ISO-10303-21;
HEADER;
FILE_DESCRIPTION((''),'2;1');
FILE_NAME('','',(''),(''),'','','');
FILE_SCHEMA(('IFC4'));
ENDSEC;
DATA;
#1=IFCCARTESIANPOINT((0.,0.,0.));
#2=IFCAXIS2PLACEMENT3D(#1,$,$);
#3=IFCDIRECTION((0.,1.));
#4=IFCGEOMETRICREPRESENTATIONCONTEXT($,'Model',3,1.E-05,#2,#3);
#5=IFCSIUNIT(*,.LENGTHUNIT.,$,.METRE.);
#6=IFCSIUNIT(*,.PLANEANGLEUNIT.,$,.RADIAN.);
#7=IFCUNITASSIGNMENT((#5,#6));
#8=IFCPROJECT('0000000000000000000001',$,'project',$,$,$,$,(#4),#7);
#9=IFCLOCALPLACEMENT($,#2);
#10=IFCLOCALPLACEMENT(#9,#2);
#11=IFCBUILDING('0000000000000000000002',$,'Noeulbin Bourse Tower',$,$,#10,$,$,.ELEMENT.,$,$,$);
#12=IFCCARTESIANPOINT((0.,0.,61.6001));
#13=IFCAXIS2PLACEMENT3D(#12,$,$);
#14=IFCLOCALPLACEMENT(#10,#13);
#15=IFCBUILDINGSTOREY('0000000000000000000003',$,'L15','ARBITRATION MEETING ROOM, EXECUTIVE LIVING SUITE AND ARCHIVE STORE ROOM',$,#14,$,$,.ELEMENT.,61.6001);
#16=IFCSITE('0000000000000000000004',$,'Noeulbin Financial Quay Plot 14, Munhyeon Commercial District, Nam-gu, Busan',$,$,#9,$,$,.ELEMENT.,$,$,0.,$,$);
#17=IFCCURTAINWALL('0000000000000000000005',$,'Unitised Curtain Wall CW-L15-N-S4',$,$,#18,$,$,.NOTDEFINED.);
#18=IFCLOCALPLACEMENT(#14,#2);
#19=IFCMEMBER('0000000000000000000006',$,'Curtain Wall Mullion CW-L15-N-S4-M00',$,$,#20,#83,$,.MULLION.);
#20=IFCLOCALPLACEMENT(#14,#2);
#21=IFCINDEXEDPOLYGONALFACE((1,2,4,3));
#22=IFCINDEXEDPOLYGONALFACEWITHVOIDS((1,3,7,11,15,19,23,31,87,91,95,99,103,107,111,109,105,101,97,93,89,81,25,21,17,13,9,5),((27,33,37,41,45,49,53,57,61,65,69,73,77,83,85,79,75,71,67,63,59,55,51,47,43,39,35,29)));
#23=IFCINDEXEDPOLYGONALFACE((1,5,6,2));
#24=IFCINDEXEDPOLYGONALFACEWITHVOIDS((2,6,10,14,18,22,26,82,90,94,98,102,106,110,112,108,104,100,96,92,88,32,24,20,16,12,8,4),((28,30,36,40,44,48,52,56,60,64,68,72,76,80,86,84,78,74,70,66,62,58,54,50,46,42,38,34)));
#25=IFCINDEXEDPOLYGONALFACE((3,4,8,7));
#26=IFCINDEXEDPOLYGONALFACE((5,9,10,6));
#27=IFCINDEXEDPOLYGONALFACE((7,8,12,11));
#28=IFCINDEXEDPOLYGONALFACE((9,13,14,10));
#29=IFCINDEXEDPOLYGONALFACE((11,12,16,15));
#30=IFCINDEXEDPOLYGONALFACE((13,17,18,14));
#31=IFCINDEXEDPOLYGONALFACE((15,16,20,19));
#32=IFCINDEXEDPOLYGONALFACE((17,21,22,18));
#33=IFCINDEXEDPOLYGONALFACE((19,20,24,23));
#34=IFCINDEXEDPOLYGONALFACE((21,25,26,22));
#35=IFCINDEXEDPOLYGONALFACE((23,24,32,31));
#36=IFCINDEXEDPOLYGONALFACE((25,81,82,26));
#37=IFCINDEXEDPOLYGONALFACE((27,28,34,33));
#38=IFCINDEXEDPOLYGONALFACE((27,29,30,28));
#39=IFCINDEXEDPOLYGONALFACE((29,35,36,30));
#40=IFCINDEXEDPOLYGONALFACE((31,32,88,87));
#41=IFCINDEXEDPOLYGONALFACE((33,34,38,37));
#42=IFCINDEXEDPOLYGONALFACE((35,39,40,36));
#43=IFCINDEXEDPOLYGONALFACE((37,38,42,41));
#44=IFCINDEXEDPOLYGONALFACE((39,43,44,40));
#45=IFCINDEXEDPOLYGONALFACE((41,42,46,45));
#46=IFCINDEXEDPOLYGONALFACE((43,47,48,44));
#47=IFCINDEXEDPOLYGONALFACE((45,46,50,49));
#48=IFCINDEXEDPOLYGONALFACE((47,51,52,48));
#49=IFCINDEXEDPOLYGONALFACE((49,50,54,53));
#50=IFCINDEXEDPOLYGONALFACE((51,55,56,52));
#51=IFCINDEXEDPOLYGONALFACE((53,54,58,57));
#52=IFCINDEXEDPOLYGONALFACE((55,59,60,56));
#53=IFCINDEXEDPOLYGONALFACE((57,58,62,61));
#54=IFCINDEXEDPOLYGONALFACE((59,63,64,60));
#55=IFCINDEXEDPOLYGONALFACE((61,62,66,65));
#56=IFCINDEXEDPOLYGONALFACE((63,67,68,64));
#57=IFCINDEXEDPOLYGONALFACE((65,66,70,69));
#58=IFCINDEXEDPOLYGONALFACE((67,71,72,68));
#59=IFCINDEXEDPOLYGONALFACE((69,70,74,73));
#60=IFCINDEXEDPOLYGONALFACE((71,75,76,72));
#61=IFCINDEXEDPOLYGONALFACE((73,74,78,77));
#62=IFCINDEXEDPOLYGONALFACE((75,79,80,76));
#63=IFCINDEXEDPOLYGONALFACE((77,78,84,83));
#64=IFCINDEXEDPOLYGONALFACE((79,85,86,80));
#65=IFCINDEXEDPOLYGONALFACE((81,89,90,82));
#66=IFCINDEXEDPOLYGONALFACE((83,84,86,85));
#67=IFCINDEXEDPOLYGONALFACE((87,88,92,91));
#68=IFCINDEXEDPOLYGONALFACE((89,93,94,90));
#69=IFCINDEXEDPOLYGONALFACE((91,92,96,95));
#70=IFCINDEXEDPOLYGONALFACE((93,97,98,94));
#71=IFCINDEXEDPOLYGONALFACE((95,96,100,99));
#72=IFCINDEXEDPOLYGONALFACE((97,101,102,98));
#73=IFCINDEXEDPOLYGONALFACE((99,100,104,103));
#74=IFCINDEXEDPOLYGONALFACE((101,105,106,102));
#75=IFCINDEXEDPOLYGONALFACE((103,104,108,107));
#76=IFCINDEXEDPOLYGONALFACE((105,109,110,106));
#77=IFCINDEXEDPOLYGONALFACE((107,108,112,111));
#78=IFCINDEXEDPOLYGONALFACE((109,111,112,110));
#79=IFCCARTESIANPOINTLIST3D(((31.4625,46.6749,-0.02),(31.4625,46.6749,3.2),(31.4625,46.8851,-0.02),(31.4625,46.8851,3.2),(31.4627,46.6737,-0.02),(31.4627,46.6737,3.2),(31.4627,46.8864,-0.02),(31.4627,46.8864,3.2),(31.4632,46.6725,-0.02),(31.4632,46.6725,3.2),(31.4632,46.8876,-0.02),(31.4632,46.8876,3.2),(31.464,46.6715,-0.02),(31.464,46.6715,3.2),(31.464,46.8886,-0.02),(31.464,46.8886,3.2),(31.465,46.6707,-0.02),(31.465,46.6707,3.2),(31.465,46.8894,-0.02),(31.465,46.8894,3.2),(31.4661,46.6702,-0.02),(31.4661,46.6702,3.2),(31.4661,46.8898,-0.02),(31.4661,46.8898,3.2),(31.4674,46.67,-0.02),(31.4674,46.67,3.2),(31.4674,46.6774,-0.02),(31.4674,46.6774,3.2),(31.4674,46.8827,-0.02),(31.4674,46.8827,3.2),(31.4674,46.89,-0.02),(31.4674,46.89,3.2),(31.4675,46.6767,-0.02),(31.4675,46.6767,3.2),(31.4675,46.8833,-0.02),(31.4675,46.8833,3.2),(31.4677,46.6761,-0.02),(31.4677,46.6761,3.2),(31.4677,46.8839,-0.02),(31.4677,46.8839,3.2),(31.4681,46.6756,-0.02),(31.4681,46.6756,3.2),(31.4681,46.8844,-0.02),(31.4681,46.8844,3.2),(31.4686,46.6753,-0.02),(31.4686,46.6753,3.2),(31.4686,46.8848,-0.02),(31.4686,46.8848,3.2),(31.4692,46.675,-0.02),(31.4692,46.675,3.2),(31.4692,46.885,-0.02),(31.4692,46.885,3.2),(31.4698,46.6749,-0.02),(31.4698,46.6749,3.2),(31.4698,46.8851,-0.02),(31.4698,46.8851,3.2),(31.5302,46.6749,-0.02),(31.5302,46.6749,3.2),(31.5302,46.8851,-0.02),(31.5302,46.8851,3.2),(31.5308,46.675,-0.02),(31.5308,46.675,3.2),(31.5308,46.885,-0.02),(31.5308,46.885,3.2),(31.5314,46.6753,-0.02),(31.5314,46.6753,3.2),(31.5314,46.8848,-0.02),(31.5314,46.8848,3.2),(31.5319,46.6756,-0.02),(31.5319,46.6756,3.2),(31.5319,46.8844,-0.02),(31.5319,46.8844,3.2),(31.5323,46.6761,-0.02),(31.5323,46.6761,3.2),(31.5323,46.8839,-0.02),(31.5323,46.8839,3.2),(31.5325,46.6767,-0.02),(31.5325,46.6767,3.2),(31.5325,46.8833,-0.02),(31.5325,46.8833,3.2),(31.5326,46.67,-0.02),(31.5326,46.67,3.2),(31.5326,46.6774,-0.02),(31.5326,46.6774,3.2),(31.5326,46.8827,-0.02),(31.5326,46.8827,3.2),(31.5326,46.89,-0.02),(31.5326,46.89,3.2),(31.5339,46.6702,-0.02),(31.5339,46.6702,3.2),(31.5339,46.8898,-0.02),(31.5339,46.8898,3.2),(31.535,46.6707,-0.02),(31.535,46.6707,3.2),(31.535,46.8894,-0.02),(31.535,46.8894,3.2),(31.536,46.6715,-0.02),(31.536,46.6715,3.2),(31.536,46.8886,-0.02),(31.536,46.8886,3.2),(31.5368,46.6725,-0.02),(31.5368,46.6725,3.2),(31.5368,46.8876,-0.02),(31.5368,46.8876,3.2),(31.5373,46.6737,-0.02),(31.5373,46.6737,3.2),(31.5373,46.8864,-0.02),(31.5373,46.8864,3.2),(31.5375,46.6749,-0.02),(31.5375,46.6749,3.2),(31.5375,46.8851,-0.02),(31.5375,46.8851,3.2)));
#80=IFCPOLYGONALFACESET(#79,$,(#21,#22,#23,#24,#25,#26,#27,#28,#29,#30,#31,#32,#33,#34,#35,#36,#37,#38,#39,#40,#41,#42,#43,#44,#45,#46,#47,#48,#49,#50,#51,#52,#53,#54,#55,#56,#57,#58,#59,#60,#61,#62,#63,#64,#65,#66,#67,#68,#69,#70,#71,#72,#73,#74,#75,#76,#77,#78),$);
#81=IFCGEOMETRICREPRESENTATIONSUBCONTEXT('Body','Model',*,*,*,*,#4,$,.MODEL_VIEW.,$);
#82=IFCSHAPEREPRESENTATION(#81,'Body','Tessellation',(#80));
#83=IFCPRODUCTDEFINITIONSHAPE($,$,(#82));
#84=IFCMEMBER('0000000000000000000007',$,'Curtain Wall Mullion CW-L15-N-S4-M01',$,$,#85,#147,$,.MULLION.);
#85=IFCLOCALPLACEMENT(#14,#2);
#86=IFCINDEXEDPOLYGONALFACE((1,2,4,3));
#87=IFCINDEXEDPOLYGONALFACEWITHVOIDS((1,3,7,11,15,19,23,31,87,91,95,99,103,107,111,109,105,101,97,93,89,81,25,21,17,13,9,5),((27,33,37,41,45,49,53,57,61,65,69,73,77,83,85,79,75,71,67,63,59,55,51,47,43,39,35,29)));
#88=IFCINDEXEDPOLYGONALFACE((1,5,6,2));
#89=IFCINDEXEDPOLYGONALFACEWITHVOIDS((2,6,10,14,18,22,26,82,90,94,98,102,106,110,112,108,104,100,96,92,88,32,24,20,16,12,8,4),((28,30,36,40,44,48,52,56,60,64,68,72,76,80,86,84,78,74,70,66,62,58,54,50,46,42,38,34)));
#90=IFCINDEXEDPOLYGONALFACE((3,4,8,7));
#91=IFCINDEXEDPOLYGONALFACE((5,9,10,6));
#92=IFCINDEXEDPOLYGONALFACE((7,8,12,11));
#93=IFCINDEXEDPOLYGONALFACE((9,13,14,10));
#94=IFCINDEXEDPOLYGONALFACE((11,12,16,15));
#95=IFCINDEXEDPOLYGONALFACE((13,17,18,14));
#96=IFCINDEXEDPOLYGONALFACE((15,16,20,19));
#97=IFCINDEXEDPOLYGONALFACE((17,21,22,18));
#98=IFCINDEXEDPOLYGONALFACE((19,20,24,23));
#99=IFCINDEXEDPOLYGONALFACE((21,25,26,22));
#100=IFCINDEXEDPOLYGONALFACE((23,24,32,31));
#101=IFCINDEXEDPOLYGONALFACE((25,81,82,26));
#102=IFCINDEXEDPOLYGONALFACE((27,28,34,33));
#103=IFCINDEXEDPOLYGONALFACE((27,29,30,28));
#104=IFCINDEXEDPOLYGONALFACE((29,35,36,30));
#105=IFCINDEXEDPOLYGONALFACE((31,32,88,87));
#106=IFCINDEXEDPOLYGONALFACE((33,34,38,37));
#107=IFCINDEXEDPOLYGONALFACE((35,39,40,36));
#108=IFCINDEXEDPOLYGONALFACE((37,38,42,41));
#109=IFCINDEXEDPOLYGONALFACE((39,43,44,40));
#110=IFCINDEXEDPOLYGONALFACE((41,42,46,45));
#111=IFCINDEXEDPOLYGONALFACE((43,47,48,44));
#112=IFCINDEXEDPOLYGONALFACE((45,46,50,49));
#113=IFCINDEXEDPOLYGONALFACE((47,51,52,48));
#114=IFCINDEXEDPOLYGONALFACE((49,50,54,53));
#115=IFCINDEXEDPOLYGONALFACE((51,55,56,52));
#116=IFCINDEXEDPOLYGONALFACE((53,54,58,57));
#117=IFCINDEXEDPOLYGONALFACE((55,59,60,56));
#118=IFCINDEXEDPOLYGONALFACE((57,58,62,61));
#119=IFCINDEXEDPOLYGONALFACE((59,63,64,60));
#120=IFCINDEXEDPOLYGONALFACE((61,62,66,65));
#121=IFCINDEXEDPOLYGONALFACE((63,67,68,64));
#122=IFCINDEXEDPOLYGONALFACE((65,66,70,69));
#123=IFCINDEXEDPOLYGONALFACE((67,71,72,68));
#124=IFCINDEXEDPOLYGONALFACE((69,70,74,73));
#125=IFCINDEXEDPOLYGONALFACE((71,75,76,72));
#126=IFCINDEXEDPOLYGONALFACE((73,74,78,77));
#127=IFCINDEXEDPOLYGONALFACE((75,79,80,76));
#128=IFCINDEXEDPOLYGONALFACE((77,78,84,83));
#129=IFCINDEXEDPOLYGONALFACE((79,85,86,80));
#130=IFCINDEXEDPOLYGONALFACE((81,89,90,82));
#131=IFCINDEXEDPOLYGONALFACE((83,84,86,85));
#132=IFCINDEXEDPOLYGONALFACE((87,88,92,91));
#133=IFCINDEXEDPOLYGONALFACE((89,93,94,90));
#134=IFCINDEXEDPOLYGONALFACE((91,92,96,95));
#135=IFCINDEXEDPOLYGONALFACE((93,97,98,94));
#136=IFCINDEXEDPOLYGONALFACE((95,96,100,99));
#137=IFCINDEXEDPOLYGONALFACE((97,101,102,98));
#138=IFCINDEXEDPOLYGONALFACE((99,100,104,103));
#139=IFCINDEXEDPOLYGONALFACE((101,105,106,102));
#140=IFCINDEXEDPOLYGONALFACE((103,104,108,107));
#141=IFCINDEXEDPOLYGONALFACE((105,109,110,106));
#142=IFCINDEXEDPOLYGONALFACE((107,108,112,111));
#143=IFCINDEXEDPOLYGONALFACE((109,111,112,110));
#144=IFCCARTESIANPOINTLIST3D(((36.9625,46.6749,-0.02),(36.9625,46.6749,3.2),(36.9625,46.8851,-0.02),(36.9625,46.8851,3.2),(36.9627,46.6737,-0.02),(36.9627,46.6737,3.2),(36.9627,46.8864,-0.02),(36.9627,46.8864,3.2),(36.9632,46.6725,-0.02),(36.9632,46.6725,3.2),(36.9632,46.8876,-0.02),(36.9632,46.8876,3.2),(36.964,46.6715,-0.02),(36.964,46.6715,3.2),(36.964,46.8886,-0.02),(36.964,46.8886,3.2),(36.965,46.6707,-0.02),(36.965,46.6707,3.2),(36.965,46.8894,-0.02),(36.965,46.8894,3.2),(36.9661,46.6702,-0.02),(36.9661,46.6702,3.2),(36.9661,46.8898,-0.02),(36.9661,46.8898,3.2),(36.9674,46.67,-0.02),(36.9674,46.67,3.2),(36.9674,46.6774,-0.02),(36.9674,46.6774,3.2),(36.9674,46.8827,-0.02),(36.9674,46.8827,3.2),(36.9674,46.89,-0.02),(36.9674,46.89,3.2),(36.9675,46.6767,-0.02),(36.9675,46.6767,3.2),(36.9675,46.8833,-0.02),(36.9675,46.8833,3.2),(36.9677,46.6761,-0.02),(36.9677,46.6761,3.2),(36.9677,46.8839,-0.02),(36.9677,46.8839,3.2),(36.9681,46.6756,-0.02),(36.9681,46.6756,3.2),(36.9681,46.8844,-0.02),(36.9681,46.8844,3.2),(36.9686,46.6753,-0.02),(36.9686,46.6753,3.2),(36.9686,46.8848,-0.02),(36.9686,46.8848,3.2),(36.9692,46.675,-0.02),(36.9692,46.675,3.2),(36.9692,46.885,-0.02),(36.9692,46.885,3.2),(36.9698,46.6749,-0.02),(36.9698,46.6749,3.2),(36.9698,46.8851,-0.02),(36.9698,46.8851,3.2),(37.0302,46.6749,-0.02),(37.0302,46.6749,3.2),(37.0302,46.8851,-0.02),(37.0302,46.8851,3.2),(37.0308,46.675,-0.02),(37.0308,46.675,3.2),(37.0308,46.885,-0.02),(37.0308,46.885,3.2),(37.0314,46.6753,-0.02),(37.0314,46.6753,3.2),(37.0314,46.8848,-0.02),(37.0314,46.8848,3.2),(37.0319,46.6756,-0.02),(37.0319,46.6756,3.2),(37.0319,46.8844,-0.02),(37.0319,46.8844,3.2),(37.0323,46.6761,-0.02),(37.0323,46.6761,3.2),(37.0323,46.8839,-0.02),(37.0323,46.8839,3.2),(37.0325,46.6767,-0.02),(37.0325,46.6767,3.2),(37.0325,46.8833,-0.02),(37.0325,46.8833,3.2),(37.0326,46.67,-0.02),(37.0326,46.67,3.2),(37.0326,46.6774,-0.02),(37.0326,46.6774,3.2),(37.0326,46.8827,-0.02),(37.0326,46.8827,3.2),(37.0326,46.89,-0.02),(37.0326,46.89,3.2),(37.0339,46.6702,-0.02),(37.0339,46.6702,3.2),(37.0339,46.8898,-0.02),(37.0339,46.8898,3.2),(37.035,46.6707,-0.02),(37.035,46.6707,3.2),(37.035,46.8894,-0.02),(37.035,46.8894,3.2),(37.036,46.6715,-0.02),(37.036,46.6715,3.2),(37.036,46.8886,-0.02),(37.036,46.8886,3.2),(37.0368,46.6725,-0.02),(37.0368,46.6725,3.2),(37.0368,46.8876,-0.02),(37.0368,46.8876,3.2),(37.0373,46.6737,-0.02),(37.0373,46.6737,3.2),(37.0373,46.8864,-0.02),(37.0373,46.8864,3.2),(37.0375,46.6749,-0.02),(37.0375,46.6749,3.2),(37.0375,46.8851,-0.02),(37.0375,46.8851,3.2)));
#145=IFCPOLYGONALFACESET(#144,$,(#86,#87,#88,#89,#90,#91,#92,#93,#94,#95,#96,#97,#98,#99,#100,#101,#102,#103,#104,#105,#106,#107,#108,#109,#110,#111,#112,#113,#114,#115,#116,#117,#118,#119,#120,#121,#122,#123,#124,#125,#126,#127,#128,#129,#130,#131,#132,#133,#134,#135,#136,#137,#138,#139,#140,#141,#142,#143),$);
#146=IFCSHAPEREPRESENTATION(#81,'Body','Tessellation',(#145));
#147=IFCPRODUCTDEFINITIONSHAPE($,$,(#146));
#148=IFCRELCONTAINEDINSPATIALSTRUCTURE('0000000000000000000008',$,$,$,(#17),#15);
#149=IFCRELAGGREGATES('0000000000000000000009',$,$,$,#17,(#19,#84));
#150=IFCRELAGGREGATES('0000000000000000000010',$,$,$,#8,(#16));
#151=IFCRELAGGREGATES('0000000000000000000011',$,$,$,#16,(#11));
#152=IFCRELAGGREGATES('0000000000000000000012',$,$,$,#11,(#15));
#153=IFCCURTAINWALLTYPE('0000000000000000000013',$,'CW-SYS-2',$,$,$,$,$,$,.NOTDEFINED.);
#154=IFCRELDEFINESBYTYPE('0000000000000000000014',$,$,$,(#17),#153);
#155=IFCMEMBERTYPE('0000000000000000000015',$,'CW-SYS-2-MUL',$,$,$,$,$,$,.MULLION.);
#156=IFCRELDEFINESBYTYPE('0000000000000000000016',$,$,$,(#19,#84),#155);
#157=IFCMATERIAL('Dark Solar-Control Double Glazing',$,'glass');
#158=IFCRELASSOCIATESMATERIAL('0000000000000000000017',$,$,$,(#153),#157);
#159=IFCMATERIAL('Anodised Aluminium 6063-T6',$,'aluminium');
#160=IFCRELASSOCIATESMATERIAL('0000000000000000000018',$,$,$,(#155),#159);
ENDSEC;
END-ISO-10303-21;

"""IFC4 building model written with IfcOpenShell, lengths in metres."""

from ifc_helpers import new_model, si_unit, direction, frame, origin, origin_2d, place, context, subcontext, project, spatial, hollow_rectangle, extrude, material, material_profile, profile_set, type_object, element, aggregate, save


model = new_model("IFC4")

# Units and contexts
model_context = context("Model", 3, precision=1e-05, world=origin(), true_north=direction((0.0, 1.0)))
body_context = subcontext(model_context, "Body", "Model", "MODEL_VIEW")
ifc_project = project(units=[si_unit("LENGTHUNIT", "METRE"), si_unit("PLANEANGLEUNIT", "RADIAN")], contexts=[model_context])

# Site, building, storey
site_placement = place(None, origin())
site = spatial("IfcSite", under=ifc_project, at=site_placement, Name="Noeulbin Financial Quay Plot 14, Munhyeon Commercial District, Nam-gu, Busan", CompositionType="ELEMENT", RefElevation=0.0)
building_placement = place(site_placement, origin())
building = spatial("IfcBuilding", under=site, at=building_placement, Name="Noeulbin Bourse Tower", CompositionType="ELEMENT")
storey_placement = place(building_placement, frame((0.0, 0.0, 61.6001)))
storey = spatial("IfcBuildingStorey", under=building, at=storey_placement, Name="L15", Description="ARBITRATION MEETING ROOM, EXECUTIVE LIVING SUITE AND ARCHIVE STORE ROOM", CompositionType="ELEMENT", Elevation=61.6001)

# Shared definitions
ifc_material_1 = material(Name="Dark Solar-Control Double Glazing", Category="glass")
curtain_wall_type = type_object("IfcCurtainWallType", Name="CW-SYS-2", PredefinedType="NOTDEFINED", material=ifc_material_1)
ifc_material_2 = material(Name="Anodised Aluminium 6063-T6", Category="aluminium")
ifc_material_profile_1 = material_profile(ifc_material_2, hollow_rectangle(XDim=0.075, YDim=0.22, WallThickness=0.0049, InnerFilletRadius=0.0024, OuterFilletRadius=0.0049, at=origin_2d()), Name="ALU-MULL-75x220x5", Category="LoadBearing")
ifc_profile_set_1 = profile_set([ifc_material_profile_1], Name="Anodised Aluminium 6063-T6")
member_type_1 = type_object("IfcMemberType", Name="CW-SYS-2-MUL", PredefinedType="MULLION", material=ifc_profile_set_1)

# Curtain wall, members
curtain_wall_1_placement = place(storey_placement, origin())
curtain_wall_1 = element("IfcCurtainWall", 1, at=curtain_wall_1_placement, inside=storey, type_object=curtain_wall_type, Name="Unitised Curtain Wall CW-L15-N-S4", PredefinedType="NOTDEFINED")
member_1_placement = place(storey_placement, frame((31.5, 46.78, -0.02), z_axis=(0.0, 0.0, 1.0), x_axis=(1.0, 0.0, 0.0)))
member_1 = element("IfcMember", 2, at=member_1_placement, type_object=member_type_1, Name="Curtain Wall Mullion CW-L15-N-S4-M00", PredefinedType="MULLION", context=body_context, shape_type="SweptSolid", body=[
    extrude(hollow_rectangle(XDim=0.075, YDim=0.22, WallThickness=0.0049, InnerFilletRadius=0.0024, OuterFilletRadius=0.0049, at=origin_2d()), origin(), (0.0, 0.0, 1.0), 3.22),
])
member_2_placement = place(storey_placement, frame((37.0, 46.78, -0.02), z_axis=(0.0, 0.0, 1.0), x_axis=(1.0, 0.0, 0.0)))
member_2 = element("IfcMember", 3, at=member_2_placement, type_object=member_type_1, Name="Curtain Wall Mullion CW-L15-N-S4-M01", PredefinedType="MULLION", context=body_context, shape_type="SweptSolid", body=[
    extrude(hollow_rectangle(XDim=0.075, YDim=0.22, WallThickness=0.0049, InnerFilletRadius=0.0024, OuterFilletRadius=0.0049, at=origin_2d()), origin(), (0.0, 0.0, 1.0), 3.22),
])

aggregate(curtain_wall_1, [member_1, member_2])

save(model, "model.ifc")
